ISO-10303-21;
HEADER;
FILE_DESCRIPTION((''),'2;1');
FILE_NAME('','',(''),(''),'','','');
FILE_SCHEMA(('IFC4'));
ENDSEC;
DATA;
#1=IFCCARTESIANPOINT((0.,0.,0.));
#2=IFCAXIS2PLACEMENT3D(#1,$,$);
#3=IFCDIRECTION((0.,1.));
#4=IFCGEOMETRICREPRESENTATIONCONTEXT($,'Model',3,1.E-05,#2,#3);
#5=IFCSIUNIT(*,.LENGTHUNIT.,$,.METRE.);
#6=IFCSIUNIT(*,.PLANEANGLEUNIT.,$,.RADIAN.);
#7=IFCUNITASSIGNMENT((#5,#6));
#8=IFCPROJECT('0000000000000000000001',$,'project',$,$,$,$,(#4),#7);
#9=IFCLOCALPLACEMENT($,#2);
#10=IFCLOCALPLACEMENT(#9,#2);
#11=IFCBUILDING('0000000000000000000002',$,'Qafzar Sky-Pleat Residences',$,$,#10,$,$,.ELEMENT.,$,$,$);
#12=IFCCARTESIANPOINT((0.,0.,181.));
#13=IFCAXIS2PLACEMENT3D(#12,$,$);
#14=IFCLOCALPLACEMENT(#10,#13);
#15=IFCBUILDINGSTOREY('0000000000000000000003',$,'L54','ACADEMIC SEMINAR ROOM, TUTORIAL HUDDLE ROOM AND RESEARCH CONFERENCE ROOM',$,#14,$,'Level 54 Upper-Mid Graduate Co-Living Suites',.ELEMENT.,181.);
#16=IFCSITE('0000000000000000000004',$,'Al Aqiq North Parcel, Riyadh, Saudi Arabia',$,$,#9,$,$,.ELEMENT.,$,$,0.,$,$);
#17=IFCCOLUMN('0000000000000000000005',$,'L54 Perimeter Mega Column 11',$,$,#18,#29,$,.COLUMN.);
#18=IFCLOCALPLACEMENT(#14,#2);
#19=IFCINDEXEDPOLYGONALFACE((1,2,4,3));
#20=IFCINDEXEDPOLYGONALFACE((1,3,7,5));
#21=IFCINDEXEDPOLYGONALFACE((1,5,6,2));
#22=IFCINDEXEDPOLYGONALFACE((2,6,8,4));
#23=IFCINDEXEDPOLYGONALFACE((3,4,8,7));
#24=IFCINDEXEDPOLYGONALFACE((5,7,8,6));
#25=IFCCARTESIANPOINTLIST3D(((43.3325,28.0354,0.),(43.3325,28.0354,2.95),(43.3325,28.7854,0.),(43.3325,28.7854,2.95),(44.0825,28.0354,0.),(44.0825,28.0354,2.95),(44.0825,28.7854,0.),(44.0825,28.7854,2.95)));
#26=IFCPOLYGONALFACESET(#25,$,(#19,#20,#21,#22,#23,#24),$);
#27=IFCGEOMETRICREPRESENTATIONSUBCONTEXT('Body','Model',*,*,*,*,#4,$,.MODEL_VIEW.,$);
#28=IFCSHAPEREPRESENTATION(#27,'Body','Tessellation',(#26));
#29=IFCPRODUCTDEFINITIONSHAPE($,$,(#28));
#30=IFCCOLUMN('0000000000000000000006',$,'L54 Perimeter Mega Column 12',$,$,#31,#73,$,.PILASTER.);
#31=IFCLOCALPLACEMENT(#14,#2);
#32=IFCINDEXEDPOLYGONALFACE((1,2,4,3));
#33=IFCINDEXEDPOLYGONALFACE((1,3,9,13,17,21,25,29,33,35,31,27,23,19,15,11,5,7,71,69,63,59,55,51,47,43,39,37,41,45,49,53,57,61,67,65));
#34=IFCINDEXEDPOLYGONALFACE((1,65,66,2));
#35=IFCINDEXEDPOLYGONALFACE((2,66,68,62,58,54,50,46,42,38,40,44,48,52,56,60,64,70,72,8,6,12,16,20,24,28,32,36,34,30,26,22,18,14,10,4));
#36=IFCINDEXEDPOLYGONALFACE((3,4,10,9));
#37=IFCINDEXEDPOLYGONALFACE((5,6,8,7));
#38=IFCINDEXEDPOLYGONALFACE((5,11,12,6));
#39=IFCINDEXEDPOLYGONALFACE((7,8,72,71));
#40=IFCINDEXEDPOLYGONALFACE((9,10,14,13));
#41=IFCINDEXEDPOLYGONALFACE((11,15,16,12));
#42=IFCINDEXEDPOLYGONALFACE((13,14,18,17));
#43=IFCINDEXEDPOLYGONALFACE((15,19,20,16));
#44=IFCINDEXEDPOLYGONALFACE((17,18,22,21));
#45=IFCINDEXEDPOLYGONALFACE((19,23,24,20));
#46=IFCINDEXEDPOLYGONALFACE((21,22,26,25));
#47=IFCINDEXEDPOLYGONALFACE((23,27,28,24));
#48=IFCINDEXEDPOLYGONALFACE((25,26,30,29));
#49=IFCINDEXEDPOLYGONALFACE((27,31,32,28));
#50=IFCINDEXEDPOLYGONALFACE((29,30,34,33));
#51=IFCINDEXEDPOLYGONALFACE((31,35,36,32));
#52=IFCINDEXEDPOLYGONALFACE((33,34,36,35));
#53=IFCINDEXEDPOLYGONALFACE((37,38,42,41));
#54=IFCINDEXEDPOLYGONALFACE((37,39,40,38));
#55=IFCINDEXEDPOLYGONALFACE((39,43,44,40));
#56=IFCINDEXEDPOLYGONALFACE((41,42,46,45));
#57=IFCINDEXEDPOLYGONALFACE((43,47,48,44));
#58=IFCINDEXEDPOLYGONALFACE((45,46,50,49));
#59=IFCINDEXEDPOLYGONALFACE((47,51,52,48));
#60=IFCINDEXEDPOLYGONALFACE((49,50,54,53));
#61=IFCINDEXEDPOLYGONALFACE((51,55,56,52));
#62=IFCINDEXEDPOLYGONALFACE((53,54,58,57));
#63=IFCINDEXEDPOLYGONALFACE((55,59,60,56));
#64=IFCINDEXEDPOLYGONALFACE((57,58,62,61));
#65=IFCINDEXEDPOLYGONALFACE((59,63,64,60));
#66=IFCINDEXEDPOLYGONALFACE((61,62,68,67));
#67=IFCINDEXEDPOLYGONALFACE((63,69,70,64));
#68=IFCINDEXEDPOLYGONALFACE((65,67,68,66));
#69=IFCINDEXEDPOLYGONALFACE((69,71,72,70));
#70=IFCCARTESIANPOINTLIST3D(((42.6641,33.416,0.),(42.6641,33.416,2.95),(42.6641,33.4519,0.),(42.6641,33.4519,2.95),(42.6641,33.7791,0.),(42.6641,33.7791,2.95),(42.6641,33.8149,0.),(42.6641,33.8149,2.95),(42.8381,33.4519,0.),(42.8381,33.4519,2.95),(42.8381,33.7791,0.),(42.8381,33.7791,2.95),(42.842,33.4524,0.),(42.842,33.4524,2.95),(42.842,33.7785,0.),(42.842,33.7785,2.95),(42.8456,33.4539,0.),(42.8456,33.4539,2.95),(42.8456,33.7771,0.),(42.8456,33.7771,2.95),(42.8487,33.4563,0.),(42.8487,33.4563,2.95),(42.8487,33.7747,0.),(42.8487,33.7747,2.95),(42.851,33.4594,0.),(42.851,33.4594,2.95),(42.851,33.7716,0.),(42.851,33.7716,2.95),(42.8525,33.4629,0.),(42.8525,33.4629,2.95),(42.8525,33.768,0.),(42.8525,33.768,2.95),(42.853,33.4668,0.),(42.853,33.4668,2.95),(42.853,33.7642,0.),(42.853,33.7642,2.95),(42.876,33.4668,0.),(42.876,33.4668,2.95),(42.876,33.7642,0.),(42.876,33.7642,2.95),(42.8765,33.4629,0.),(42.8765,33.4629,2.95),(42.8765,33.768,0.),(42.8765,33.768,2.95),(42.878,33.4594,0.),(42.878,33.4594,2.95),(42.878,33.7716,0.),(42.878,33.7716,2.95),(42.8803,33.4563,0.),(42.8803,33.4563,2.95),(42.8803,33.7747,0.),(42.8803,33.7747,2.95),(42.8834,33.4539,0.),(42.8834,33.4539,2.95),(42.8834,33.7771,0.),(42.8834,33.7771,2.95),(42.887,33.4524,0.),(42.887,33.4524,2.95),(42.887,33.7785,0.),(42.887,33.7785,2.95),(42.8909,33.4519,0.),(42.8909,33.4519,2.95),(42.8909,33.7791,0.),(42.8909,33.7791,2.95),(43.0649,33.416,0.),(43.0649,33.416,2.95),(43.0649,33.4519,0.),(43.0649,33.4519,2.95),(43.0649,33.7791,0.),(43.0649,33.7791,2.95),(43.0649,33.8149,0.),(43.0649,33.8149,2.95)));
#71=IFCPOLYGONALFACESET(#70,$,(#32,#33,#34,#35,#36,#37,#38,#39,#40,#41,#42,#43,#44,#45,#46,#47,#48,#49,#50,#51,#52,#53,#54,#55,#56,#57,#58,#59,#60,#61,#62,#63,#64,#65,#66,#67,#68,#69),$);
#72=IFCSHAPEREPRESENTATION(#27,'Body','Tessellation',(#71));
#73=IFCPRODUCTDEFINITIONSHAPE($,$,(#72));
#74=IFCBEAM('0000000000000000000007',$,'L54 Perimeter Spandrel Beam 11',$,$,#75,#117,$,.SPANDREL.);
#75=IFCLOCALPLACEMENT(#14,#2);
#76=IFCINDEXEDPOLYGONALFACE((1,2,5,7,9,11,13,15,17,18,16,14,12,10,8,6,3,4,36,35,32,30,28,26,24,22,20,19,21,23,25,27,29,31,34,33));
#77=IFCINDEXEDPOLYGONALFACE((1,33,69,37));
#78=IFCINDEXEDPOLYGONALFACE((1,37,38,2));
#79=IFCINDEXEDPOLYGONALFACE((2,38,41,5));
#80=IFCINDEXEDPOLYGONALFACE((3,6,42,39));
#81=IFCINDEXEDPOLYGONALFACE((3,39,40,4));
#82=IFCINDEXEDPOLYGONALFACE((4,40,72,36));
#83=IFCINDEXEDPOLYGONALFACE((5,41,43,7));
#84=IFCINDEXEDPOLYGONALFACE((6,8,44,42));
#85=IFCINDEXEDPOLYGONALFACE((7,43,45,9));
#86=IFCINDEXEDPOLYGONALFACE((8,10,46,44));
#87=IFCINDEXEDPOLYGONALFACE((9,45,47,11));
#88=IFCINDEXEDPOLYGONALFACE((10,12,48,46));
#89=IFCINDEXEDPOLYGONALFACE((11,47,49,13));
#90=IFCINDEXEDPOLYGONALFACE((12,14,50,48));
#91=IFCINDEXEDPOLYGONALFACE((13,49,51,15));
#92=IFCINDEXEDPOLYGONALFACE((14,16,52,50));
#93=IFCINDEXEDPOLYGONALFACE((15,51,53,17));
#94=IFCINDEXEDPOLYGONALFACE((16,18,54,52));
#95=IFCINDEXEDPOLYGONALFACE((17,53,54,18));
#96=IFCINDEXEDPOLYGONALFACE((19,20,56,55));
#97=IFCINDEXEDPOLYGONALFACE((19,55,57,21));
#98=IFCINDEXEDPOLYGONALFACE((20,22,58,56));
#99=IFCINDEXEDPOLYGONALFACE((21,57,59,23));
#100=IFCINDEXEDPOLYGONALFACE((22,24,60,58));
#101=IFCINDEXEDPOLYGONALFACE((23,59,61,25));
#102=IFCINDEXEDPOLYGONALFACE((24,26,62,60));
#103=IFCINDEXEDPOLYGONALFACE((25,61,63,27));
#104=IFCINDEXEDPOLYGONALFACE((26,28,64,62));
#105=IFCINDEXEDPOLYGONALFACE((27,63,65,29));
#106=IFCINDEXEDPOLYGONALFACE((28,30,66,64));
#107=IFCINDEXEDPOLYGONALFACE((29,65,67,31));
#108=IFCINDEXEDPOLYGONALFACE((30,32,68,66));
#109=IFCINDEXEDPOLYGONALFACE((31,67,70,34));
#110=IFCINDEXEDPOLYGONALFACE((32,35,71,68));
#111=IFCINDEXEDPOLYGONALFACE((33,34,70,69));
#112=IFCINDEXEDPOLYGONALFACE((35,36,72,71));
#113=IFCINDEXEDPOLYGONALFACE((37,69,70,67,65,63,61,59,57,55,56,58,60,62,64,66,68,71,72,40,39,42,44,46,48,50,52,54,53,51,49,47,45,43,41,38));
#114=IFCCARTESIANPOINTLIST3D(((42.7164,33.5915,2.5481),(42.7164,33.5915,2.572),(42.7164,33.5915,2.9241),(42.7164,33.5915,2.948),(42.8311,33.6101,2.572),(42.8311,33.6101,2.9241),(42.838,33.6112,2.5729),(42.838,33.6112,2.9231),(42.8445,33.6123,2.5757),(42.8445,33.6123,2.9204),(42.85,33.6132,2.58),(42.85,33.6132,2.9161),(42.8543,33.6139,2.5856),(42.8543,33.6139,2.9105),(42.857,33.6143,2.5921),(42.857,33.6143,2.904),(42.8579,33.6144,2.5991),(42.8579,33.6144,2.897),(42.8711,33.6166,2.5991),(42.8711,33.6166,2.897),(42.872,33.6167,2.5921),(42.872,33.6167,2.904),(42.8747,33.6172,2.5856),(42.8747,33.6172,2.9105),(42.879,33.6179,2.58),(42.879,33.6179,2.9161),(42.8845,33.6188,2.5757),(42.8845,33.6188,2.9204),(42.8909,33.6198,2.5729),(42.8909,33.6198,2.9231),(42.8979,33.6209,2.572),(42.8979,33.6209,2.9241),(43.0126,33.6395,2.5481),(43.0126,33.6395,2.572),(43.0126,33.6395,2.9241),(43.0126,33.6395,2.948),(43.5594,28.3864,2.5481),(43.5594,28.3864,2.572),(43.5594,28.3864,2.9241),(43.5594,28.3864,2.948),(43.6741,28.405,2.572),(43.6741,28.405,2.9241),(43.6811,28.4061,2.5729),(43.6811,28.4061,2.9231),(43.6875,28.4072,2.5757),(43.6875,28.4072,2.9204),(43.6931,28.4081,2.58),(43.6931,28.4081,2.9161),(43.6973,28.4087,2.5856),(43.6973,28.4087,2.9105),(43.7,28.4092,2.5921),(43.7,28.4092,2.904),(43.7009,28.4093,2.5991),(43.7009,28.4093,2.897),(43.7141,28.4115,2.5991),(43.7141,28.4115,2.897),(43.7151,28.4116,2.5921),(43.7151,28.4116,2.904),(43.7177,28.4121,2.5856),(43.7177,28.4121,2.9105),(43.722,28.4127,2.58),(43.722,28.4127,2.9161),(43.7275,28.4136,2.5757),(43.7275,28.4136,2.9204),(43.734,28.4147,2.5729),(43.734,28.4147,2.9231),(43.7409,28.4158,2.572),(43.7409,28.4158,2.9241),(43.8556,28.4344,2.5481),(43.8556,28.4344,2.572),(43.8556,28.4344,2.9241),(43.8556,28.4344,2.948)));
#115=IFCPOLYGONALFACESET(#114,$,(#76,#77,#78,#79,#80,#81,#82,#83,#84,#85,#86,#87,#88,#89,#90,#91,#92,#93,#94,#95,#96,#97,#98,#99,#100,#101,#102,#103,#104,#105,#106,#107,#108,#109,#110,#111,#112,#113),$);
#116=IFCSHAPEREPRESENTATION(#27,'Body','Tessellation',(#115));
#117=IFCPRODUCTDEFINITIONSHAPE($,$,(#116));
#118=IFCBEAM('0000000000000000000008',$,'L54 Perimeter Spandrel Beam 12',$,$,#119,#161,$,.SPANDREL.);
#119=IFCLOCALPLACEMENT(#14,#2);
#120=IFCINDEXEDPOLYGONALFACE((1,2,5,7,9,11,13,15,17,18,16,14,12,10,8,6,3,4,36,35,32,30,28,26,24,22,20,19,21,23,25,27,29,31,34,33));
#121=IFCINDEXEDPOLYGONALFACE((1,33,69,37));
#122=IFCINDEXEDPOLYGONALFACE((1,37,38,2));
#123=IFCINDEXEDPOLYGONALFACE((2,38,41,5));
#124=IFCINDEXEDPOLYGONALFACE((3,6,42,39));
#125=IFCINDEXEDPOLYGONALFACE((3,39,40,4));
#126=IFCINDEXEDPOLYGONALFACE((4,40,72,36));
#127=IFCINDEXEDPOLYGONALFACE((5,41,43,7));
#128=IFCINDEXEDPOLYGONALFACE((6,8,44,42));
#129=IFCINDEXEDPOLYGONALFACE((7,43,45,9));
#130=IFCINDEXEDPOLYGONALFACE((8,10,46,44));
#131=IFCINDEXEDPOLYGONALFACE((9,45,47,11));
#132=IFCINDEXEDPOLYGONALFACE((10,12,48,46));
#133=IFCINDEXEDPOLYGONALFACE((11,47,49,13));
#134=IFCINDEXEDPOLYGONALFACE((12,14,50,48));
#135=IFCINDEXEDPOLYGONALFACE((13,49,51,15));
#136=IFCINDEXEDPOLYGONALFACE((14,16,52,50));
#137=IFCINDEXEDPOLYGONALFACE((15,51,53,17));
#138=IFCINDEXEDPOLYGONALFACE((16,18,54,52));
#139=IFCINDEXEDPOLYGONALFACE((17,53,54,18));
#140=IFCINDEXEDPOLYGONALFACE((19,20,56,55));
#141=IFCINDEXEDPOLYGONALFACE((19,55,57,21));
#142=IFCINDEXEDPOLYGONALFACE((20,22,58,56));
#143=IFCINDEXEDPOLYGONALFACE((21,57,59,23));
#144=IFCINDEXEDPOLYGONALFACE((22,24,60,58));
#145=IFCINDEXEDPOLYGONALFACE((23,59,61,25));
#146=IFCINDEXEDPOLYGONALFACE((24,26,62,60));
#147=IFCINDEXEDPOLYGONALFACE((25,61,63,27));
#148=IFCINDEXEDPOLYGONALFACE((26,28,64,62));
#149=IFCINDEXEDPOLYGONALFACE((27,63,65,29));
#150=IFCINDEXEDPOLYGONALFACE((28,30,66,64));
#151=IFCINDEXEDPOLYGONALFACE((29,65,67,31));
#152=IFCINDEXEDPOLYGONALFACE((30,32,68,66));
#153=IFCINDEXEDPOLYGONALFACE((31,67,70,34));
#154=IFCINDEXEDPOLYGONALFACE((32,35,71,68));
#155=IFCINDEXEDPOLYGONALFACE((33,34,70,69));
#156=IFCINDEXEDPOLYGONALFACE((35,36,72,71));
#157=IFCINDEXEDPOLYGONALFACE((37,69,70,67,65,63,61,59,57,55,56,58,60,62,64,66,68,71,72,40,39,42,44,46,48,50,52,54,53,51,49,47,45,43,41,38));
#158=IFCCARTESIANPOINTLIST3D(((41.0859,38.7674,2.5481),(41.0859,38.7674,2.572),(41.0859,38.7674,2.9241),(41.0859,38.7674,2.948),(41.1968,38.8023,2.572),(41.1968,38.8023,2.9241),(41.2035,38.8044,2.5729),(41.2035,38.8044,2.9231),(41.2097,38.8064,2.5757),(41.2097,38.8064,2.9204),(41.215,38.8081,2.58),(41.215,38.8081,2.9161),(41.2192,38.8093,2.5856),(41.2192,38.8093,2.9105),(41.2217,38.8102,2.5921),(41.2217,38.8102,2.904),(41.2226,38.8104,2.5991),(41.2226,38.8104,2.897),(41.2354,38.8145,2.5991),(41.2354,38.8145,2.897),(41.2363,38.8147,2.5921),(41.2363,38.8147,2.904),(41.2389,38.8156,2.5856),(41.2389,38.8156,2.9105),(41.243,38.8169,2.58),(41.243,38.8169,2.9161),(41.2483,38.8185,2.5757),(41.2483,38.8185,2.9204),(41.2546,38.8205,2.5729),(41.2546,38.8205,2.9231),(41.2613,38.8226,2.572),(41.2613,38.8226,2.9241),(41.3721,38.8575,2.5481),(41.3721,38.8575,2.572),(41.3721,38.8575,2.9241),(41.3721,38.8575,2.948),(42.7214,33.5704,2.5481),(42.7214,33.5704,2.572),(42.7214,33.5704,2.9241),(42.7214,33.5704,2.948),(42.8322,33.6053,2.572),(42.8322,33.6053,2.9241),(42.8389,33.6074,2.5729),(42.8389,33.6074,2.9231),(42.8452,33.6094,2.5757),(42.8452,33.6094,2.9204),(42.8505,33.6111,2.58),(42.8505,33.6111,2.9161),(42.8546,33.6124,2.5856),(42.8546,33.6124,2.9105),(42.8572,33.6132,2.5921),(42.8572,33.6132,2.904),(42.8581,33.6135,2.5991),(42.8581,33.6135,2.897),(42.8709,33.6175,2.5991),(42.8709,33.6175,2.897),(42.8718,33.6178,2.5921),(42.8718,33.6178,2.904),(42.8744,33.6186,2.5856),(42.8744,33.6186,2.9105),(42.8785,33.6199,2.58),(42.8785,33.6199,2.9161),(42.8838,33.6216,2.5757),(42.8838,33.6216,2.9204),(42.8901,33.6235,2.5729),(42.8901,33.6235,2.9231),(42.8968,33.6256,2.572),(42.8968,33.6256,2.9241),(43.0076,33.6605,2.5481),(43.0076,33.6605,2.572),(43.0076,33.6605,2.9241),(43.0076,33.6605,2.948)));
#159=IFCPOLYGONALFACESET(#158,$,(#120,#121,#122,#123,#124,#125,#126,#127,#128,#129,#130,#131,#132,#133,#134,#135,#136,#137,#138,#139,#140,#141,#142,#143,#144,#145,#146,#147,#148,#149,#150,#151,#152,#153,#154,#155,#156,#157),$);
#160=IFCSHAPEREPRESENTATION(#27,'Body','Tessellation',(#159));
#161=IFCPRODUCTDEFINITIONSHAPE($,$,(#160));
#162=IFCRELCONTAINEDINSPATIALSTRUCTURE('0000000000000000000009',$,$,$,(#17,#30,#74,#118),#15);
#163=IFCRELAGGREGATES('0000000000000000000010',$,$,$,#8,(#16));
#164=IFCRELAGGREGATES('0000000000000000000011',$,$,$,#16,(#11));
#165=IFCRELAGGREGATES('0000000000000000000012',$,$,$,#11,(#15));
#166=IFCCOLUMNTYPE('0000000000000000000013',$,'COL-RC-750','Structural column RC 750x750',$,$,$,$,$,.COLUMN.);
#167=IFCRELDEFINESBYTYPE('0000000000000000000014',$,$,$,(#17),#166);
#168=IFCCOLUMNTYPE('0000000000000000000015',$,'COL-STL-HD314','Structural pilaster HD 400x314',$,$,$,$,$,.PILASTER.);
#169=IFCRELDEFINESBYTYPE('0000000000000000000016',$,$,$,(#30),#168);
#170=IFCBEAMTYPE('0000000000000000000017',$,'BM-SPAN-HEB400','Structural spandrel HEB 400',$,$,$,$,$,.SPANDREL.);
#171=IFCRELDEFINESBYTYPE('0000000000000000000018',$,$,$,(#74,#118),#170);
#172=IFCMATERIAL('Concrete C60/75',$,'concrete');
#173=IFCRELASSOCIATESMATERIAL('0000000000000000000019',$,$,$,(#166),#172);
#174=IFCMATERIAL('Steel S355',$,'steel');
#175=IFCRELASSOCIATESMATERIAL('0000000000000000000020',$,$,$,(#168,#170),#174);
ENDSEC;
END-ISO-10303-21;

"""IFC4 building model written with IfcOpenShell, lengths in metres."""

from ifc_helpers import new_model, si_unit, direction, frame, origin, origin_2d, place, context, subcontext, project, spatial, rectangle, i_section, extrude, source, transform, mapped, material, material_profile, profile_set, type_object, element, save


model = new_model("IFC4")

# Units and contexts
model_context = context("Model", 3, precision=1e-05, world=origin(), true_north=direction((0.0, 1.0)))
body_context = subcontext(model_context, "Body", "Model", "MODEL_VIEW")
ifc_project = project(units=[si_unit("LENGTHUNIT", "METRE"), si_unit("PLANEANGLEUNIT", "RADIAN")], contexts=[model_context])

# Site, building, storey
site_placement = place(None, origin())
site = spatial("IfcSite", under=ifc_project, at=site_placement, Name="Al Aqiq North Parcel, Riyadh, Saudi Arabia", CompositionType="ELEMENT", RefElevation=0.0)
building_placement = place(site_placement, origin())
building = spatial("IfcBuilding", under=site, at=building_placement, Name="Qafzar Sky-Pleat Residences", CompositionType="ELEMENT")
storey_placement = place(building_placement, frame((0.0, 0.0, 181.0)))
storey = spatial("IfcBuildingStorey", under=building, at=storey_placement, Name="L54", Description="ACADEMIC SEMINAR ROOM, TUTORIAL HUDDLE ROOM AND RESEARCH CONFERENCE ROOM", LongName="Level 54 Upper-Mid Graduate Co-Living Suites", CompositionType="ELEMENT", Elevation=181.0)

# Columns
ifc_material_1 = material(Name="Concrete C60/75", Category="concrete")
ifc_material_profile_1 = material_profile(ifc_material_1, rectangle(XDim=0.75, YDim=0.75, at=origin_2d()), Name="RC 750x750")
ifc_profile_set_1 = profile_set([ifc_material_profile_1], Name="Concrete C60/75")
column_type_1 = type_object("IfcColumnType", Name="COL-RC-750", Description="Structural column RC 750x750", PredefinedType="COLUMN", material=ifc_profile_set_1)
shared_shape_1 = source(origin(), body_context, "Body", "SweptSolid", [
    extrude(rectangle(XDim=0.75, YDim=0.75, at=origin_2d()), origin(), (0.0, 0.0, 1.0), 2.95),
])
column_1_placement = place(storey_placement, frame((43.7075, 28.4104, 0.0), z_axis=(0.0, 0.0, 1.0), x_axis=(1.0, 0.0, 0.0)))
element("IfcColumn", 1, at=column_1_placement, inside=storey, type_object=column_type_1, Name="L54 Perimeter Mega Column 11", PredefinedType="COLUMN", context=body_context, shape_type="MappedRepresentation", body=[
    mapped(shared_shape_1, transform((0.0, 0.0, 0.0), x_axis=(1.0, 0.0, 0.0), y_axis=(0.0, 1.0, 0.0), z_axis=(0.0, 0.0, 1.0), scale=1.0)),
])
ifc_material_2 = material(Name="Steel S355", Category="steel")
ifc_material_profile_2 = material_profile(ifc_material_2, i_section(OverallWidth=0.4009, OverallDepth=0.3989, WebThickness=0.0229, FlangeThickness=0.0359, FilletRadius=0.0149, at=origin_2d()), Name="HD 400x314")
ifc_profile_set_2 = profile_set([ifc_material_profile_2], Name="Steel S355")
column_type_2 = type_object("IfcColumnType", Name="COL-STL-HD314", Description="Structural pilaster HD 400x314", PredefinedType="PILASTER", material=ifc_profile_set_2)
shared_shape_2 = source(origin(), body_context, "Body", "SweptSolid", [
    extrude(i_section(OverallWidth=0.4009, OverallDepth=0.3989, WebThickness=0.0229, FlangeThickness=0.0359, FilletRadius=0.0149, at=origin_2d()), origin(), (0.0, 0.0, 1.0), 2.95),
])
column_2_placement = place(storey_placement, frame((42.8645, 33.6155, 0.0), z_axis=(0.0, 0.0, 1.0), x_axis=(1.0, 0.0, 0.0)))
element("IfcColumn", 2, at=column_2_placement, inside=storey, type_object=column_type_2, Name="L54 Perimeter Mega Column 12", PredefinedType="PILASTER", context=body_context, shape_type="MappedRepresentation", body=[
    mapped(shared_shape_2, transform((0.0, 0.0, 0.0), x_axis=(1.0, 0.0, 0.0), y_axis=(0.0, 1.0, 0.0), z_axis=(0.0, 0.0, 1.0), scale=1.0)),
])

# Beams
ifc_material_profile_3 = material_profile(ifc_material_2, i_section(OverallWidth=0.3, OverallDepth=0.3999, WebThickness=0.0134, FlangeThickness=0.0239, FilletRadius=0.0271, at=origin_2d()), Name="HEB 400")
ifc_profile_set_3 = profile_set([ifc_material_profile_3], Name="Steel S355")
beam_type_1 = type_object("IfcBeamType", Name="BM-SPAN-HEB400", Description="Structural spandrel HEB 400", PredefinedType="SPANDREL", material=ifc_profile_set_3)
shared_shape_3 = source(origin(), body_context, "Body", "SweptSolid", [
    extrude(i_section(OverallWidth=0.3, OverallDepth=0.3999, WebThickness=0.0134, FlangeThickness=0.0239, FilletRadius=0.0271, at=origin_2d()), origin(), (0.0, 0.0, 1.0), 5.2729),
])
beam_1_placement = place(storey_placement, frame((43.7075, 28.4104, 2.748), z_axis=(-0.159877, 0.987137, 0.0), x_axis=(-0.987137, -0.159877, 0.0)))
element("IfcBeam", 3, at=beam_1_placement, inside=storey, type_object=beam_type_1, Name="L54 Perimeter Spandrel Beam 11", PredefinedType="SPANDREL", context=body_context, shape_type="MappedRepresentation", body=[
    mapped(shared_shape_3, transform((0.0, 0.0, 0.0), x_axis=(1.0, 0.0, 0.0), y_axis=(0.0, 1.0, 0.0), z_axis=(0.0, 0.0, 1.0), scale=1.0)),
])
shared_shape_4 = source(origin(), body_context, "Body", "SweptSolid", [
    extrude(i_section(OverallWidth=0.3, OverallDepth=0.3999, WebThickness=0.0134, FlangeThickness=0.0239, FilletRadius=0.0271, at=origin_2d()), origin(), (0.0, 0.0, 1.0), 5.4482),
])
beam_2_placement = place(storey_placement, frame((42.8645, 33.6155, 2.748), z_axis=(-0.300185, 0.953881, 0.0), x_axis=(-0.953881, -0.300185, 0.0)))
element("IfcBeam", 4, at=beam_2_placement, inside=storey, type_object=beam_type_1, Name="L54 Perimeter Spandrel Beam 12", PredefinedType="SPANDREL", context=body_context, shape_type="MappedRepresentation", body=[
    mapped(shared_shape_4, transform((0.0, 0.0, 0.0), x_axis=(1.0, 0.0, 0.0), y_axis=(0.0, 1.0, 0.0), z_axis=(0.0, 0.0, 1.0), scale=1.0)),
])

save(model, "model.ifc")
